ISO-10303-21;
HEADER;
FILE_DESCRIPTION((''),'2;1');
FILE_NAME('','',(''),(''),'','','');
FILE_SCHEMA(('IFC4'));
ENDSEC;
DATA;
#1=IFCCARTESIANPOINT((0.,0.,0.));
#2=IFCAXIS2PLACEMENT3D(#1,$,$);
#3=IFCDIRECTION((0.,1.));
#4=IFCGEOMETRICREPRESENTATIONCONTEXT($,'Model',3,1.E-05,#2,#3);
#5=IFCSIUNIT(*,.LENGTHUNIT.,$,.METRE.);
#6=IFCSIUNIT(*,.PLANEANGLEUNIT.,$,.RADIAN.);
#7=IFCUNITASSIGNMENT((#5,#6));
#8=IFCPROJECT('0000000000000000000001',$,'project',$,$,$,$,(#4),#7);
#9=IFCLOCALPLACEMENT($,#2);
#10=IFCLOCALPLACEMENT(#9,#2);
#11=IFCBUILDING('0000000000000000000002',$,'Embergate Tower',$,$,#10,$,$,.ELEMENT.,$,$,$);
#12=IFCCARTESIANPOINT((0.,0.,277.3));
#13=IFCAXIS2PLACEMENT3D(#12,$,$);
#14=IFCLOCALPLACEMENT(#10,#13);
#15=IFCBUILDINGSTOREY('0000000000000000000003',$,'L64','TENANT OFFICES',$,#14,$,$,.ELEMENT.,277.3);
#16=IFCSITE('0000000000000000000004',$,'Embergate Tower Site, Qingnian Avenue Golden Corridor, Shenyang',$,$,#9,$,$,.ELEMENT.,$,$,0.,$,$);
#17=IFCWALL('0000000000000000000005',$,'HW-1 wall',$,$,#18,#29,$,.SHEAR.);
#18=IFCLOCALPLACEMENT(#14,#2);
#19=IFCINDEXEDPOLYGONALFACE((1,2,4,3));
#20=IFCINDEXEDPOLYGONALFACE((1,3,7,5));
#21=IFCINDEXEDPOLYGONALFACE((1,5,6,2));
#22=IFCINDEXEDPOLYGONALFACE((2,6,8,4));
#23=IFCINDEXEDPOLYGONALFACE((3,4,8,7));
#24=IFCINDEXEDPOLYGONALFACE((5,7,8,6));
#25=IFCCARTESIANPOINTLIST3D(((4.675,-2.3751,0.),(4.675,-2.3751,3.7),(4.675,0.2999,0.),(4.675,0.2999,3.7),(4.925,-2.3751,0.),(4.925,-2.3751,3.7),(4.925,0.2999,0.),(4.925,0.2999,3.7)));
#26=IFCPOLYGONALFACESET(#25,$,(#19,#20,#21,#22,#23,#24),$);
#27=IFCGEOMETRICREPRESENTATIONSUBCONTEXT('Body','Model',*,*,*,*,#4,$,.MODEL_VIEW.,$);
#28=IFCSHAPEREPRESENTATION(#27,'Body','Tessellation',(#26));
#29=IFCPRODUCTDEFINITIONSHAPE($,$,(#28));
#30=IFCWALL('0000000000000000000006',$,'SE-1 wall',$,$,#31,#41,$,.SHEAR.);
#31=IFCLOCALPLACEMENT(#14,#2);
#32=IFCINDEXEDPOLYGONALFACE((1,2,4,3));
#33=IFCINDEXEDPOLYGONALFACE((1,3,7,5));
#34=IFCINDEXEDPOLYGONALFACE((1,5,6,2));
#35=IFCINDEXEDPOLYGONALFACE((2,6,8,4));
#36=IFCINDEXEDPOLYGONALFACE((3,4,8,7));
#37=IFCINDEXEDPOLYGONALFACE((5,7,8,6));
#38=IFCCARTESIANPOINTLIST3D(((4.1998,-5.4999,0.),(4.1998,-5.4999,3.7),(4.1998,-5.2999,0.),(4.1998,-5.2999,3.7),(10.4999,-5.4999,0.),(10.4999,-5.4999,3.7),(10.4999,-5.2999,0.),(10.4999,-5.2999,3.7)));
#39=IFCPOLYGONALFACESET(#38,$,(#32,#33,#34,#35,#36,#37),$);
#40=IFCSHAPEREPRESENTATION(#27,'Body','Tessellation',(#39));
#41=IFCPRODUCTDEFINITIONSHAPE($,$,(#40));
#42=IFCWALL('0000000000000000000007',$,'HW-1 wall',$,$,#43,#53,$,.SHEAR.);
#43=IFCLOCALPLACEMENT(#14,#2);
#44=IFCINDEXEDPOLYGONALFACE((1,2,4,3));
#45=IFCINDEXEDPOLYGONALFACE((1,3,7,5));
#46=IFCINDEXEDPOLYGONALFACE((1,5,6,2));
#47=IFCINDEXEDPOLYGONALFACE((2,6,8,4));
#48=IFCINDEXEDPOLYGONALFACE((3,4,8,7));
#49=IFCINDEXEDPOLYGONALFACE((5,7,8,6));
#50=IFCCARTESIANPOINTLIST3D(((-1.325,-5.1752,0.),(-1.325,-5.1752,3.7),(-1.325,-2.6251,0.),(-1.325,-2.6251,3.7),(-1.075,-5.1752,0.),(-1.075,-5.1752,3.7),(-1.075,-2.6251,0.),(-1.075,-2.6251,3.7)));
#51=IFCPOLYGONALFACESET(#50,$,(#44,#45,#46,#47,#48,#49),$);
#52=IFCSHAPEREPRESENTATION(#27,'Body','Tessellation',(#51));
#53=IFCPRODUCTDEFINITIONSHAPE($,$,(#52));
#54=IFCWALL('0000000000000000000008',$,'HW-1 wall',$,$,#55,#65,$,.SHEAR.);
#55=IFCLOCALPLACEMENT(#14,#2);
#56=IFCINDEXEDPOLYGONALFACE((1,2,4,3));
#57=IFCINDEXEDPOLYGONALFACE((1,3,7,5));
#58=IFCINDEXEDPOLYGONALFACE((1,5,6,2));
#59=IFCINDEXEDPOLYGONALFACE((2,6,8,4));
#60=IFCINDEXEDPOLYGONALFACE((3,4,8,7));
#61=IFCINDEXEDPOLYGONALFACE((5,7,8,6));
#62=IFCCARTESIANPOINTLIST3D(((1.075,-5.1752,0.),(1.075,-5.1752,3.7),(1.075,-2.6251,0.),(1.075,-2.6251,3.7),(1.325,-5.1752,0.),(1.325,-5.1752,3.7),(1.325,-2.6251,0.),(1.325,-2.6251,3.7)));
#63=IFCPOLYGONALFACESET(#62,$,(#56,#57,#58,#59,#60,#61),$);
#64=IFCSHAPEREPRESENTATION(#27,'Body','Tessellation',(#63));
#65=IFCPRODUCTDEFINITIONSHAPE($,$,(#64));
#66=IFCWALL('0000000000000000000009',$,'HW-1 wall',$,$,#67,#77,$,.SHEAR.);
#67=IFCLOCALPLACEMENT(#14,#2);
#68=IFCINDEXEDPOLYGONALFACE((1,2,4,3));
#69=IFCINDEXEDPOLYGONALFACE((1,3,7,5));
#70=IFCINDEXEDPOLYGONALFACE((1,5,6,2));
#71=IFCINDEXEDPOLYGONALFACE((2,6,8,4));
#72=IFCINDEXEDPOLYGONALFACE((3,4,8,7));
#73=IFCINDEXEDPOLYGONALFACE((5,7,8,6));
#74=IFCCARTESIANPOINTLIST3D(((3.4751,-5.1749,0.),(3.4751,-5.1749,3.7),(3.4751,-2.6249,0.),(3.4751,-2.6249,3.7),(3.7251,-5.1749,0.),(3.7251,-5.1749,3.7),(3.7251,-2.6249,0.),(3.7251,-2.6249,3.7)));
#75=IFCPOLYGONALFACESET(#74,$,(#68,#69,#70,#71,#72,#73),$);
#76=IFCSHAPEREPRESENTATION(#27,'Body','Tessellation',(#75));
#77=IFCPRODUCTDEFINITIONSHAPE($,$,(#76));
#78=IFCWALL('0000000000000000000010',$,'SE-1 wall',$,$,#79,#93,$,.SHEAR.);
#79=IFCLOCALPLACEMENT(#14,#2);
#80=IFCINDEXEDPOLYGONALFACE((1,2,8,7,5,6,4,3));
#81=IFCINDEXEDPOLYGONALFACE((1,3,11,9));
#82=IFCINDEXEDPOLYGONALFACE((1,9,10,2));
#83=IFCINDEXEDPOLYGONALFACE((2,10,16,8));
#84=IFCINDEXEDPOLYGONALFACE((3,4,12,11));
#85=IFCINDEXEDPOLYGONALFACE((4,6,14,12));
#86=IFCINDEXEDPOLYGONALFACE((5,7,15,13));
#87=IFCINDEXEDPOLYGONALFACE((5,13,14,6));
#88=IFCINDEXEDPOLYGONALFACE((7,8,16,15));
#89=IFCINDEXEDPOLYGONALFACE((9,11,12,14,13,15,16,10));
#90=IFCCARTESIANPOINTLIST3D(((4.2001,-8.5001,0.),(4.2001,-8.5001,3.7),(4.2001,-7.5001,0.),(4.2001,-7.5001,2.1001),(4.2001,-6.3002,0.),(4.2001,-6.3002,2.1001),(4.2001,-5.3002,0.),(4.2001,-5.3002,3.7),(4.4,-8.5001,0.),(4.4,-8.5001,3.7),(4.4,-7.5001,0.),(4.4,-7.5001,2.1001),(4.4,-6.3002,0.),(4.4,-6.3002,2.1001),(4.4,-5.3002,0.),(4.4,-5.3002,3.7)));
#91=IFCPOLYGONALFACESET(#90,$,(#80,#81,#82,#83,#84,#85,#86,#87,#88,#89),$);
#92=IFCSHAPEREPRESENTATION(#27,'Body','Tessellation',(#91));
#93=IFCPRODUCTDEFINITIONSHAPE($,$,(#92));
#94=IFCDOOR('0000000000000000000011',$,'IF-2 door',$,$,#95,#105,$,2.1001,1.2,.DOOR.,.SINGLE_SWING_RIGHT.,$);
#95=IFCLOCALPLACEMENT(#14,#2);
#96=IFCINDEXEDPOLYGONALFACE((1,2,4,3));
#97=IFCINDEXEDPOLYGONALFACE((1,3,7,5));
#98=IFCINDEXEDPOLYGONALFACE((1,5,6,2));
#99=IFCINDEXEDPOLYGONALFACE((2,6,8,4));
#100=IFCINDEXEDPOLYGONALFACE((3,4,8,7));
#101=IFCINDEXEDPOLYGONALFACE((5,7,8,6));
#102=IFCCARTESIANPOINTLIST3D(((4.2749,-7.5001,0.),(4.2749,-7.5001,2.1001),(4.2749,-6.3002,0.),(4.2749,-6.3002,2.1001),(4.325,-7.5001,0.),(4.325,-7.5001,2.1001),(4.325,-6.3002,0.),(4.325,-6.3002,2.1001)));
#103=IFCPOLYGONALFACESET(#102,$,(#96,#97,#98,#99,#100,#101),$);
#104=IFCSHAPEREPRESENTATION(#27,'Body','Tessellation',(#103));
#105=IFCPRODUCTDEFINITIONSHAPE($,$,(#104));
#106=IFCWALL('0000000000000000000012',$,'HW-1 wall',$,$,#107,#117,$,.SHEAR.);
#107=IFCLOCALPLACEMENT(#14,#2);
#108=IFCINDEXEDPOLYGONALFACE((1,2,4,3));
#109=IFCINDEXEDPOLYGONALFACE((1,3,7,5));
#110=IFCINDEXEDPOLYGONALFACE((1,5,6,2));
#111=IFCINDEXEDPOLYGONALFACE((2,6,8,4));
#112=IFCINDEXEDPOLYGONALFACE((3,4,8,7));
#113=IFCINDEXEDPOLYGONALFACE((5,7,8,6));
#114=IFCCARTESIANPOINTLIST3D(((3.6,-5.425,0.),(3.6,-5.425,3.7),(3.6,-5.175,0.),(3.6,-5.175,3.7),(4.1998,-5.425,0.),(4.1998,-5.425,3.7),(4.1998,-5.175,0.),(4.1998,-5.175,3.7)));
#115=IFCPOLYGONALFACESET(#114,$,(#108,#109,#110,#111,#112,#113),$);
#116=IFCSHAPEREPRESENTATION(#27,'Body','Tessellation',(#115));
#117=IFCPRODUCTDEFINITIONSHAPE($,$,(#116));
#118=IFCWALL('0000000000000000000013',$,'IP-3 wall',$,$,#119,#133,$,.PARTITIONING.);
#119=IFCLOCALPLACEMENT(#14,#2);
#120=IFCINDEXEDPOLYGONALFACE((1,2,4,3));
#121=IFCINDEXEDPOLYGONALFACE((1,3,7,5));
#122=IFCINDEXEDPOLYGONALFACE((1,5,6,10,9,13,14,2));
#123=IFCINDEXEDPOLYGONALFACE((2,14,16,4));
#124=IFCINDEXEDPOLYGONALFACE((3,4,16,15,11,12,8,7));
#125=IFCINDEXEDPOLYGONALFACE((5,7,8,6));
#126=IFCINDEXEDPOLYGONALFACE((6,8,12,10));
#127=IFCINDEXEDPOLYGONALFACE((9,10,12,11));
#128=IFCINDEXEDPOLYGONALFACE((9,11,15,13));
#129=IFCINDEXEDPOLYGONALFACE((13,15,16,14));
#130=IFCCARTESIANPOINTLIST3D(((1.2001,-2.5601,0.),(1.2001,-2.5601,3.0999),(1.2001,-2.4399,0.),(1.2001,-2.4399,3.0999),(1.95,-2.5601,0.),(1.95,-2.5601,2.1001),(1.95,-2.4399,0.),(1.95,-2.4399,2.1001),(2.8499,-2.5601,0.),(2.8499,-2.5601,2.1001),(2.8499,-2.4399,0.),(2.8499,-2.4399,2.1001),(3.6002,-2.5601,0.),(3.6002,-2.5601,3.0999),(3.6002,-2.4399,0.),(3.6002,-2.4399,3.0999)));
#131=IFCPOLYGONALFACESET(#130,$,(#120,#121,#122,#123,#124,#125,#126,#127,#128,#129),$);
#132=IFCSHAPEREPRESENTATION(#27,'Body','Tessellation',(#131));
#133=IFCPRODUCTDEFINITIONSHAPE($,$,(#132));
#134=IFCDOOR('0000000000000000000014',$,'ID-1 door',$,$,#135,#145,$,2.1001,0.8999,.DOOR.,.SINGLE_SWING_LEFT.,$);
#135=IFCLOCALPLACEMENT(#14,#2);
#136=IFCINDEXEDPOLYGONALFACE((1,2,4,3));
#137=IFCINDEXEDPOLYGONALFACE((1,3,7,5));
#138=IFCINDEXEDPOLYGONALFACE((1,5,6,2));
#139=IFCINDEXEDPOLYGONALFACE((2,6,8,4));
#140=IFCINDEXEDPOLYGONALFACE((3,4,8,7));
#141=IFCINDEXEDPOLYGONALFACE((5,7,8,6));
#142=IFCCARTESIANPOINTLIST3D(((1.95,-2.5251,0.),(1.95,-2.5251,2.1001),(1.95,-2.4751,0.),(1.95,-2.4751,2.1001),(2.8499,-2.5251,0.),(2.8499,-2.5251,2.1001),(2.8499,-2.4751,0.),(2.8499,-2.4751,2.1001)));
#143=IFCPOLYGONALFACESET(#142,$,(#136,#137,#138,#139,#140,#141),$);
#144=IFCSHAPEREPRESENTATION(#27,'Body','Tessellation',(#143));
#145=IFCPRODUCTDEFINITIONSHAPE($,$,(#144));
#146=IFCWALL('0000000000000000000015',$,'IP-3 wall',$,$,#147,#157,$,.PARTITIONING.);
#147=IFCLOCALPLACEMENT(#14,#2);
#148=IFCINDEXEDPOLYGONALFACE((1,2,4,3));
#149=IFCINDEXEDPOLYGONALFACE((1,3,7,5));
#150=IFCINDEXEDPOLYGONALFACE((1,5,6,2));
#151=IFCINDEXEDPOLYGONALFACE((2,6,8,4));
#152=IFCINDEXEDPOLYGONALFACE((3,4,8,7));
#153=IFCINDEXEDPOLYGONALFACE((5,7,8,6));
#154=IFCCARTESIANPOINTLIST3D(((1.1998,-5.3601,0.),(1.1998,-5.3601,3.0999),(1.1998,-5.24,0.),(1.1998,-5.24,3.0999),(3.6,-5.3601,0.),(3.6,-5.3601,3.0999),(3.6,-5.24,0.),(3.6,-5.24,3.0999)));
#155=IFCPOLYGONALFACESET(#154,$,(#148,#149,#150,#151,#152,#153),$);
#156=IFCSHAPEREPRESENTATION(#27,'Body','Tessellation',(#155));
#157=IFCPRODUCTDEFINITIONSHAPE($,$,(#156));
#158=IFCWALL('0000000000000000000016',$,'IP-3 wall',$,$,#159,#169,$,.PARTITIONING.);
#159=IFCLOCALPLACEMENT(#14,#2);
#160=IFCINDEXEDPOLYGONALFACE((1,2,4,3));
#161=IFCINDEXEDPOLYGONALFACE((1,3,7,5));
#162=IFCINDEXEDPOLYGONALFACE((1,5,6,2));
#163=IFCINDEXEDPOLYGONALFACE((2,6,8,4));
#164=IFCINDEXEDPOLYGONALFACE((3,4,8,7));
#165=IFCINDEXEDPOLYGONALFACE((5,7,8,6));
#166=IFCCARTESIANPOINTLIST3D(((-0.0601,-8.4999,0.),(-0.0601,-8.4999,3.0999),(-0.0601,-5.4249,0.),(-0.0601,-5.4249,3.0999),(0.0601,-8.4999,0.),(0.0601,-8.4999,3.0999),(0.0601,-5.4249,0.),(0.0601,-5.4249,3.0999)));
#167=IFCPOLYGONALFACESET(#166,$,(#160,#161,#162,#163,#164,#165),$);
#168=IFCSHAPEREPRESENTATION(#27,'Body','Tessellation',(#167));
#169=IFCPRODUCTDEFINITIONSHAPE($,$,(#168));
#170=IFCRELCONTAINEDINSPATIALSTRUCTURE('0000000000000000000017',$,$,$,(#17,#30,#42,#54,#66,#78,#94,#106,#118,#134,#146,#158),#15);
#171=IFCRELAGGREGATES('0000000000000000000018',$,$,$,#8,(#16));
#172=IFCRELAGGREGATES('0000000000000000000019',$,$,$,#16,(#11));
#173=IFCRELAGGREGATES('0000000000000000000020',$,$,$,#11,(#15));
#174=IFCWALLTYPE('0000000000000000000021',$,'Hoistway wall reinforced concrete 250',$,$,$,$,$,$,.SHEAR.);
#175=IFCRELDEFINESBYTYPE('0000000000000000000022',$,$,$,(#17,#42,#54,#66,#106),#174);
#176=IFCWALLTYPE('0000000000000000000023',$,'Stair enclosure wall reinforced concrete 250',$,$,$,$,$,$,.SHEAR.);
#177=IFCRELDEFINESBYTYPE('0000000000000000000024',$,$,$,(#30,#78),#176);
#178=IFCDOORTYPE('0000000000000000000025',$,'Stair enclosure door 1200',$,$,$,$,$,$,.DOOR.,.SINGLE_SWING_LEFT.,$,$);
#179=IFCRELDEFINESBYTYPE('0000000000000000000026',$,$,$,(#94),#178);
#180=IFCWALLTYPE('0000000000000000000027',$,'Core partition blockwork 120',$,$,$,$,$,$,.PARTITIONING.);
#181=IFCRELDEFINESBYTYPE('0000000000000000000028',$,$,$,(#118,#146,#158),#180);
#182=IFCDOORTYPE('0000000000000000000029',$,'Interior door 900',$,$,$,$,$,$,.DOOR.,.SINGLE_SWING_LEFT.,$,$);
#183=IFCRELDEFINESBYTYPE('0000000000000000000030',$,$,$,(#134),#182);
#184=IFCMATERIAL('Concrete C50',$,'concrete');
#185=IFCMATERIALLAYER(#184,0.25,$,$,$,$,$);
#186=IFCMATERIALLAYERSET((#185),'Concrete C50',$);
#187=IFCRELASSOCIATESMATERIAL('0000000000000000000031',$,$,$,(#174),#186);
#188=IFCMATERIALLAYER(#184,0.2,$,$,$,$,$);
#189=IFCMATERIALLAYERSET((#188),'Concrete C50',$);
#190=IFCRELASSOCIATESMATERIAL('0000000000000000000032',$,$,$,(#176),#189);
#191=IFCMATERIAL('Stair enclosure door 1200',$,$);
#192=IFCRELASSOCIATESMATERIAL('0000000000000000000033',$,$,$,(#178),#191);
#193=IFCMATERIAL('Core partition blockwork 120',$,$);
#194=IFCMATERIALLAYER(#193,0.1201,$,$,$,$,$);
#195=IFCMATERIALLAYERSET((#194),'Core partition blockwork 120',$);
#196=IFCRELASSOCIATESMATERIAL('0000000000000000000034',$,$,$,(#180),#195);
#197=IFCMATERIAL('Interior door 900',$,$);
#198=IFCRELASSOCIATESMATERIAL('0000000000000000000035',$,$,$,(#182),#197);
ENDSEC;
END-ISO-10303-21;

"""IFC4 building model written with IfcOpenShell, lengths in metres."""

from ifc_helpers import new_model, si_unit, direction, frame, frame_2d, origin, place, context, subcontext, project, spatial, rectangle, extrude, source, transform, mapped, material, layer, layer_set, type_object, element, fill, save


model = new_model("IFC4")

# Units and contexts
model_context = context("Model", 3, precision=1e-05, world=origin(), true_north=direction((0.0, 1.0)))
body_context = subcontext(model_context, "Body", "Model", "MODEL_VIEW")
ifc_project = project(units=[si_unit("LENGTHUNIT", "METRE"), si_unit("PLANEANGLEUNIT", "RADIAN")], contexts=[model_context])

# Site, building, storey
site_placement = place(None, origin())
site = spatial("IfcSite", under=ifc_project, at=site_placement, Name="Embergate Tower Site, Qingnian Avenue Golden Corridor, Shenyang", CompositionType="ELEMENT", RefElevation=0.0)
building_placement = place(site_placement, origin())
building = spatial("IfcBuilding", under=site, at=building_placement, Name="Embergate Tower", CompositionType="ELEMENT")
storey_placement = place(building_placement, frame((0.0, 0.0, 277.3)))
storey = spatial("IfcBuildingStorey", under=building, at=storey_placement, Name="L64", Description="TENANT OFFICES", CompositionType="ELEMENT", Elevation=277.3)

# Walls
ifc_material_1 = material(Name="Concrete C50", Category="concrete")
ifc_layer_1 = layer(ifc_material_1, 0.25)
ifc_layer_set_1 = layer_set([ifc_layer_1], Name="Concrete C50")
wall_type_1 = type_object("IfcWallType", Name="Hoistway wall reinforced concrete 250", PredefinedType="SHEAR", material=ifc_layer_set_1)
shared_shape_1 = source(origin(), body_context, "Body", "SweptSolid", [
    extrude(rectangle(XDim=2.675, YDim=0.25, at=frame_2d((1.3374, 0.0))), origin(), (0.0, 0.0, 1.0), 3.7),
])
wall_1_placement = place(storey_placement, frame((4.8, -2.375, 0.0), z_axis=(0.0, 0.0, 1.0), x_axis=(0.0, 1.0, 0.0)))
element("IfcWall", 1, at=wall_1_placement, inside=storey, type_object=wall_type_1, Name="HW-1 wall", PredefinedType="SHEAR", context=body_context, shape_type="MappedRepresentation", body=[
    mapped(shared_shape_1, transform((0.0, 0.0, 0.0))),
])
ifc_layer_2 = layer(ifc_material_1, 0.2)
ifc_layer_set_2 = layer_set([ifc_layer_2], Name="Concrete C50")
wall_type_2 = type_object("IfcWallType", Name="Stair enclosure wall reinforced concrete 250", PredefinedType="SHEAR", material=ifc_layer_set_2)
shared_shape_2 = source(origin(), body_context, "Body", "SweptSolid", [
    extrude(rectangle(XDim=6.3, YDim=0.2, at=frame_2d((3.1499, 0.0))), origin(), (0.0, 0.0, 1.0), 3.7),
])
wall_2_placement = place(storey_placement, frame((4.2, -5.3999, 0.0), z_axis=(0.0, 0.0, 1.0), x_axis=(1.0, 0.0, 0.0)))
element("IfcWall", 2, at=wall_2_placement, inside=storey, type_object=wall_type_2, Name="SE-1 wall", PredefinedType="SHEAR", context=body_context, shape_type="MappedRepresentation", body=[
    mapped(shared_shape_2, transform((0.0, 0.0, 0.0))),
])
shared_shape_3 = source(origin(), body_context, "Body", "SweptSolid", [
    extrude(rectangle(XDim=2.55, YDim=0.25, at=frame_2d((1.2749, 0.0))), origin(), (0.0, 0.0, 1.0), 3.7),
])
for number, where, z_axis, x_axis, name in (
    (3, (-1.2, -5.175, 0.0), (0.0, 0.0, 1.0), (0.0, 1.0, 0.0), "HW-1 wall"),
    (4, (1.2, -5.175, 0.0), (0.0, 0.0, 1.0), (0.0, 1.0, 0.0), "HW-1 wall"),
    (5, (3.6001, -2.625, 0.0), (0.0, 0.0, 1.0), (0.0, -1.0, 0.0), "HW-1 wall"),
):
    element("IfcWall", number, at=place(storey_placement, frame(where, z_axis=z_axis, x_axis=x_axis)), inside=storey, type_object=wall_type_1, Name=name, PredefinedType="SHEAR", context=body_context, shape_type="MappedRepresentation", body=[
        mapped(shared_shape_3, transform((0.0, 0.0, 0.0))),
    ])

# Wall, opening, door
shared_shape_4 = source(origin(), body_context, "Body", "SweptSolid", [
    extrude(rectangle(XDim=3.2, YDim=0.2, at=frame_2d((1.6001, 0.0))), origin(), (0.0, 0.0, 1.0), 3.7),
])
wall_3_placement = place(storey_placement, frame((4.3, -5.3, 0.0), z_axis=(0.0, 0.0, 1.0), x_axis=(0.0, -1.0, 0.0)))
wall_3 = element("IfcWall", 6, at=wall_3_placement, inside=storey, type_object=wall_type_2, Name="SE-1 wall", PredefinedType="SHEAR", context=body_context, shape_type="MappedRepresentation", body=[
    mapped(shared_shape_4, transform((0.0, 0.0, 0.0))),
])
shared_shape_5 = source(origin(), body_context, "Body", "SweptSolid", [
    extrude(rectangle(XDim=1.2, YDim=2.1001, at=frame_2d((0.6001, 1.05))), frame((0.0, 0.1099, 0.0), z_axis=(0.0, -1.0, 0.0), x_axis=(1.0, 0.0, 0.0)), (0.0, 0.0, 1.0), 0.22),
])
opening_1_placement = place(wall_3_placement, frame((1.0, 0.0, 0.0)))
opening_1 = element("IfcOpeningElement", 7, at=opening_1_placement, cuts=wall_3, PredefinedType="OPENING", context=body_context, shape_type="MappedRepresentation", body=[
    mapped(shared_shape_5, transform((0.0, 0.0, 0.0))),
])
ifc_material_2 = material(Name="Stair enclosure door 1200")
door_type_1 = type_object("IfcDoorType", Name="Stair enclosure door 1200", OperationType="SINGLE_SWING_LEFT", PredefinedType="DOOR", material=ifc_material_2)
shared_shape_6 = source(origin(), body_context, "Body", "SweptSolid", [
    extrude(rectangle(XDim=1.2, YDim=2.1001, at=frame_2d((0.6001, 1.05))), frame((0.0, 0.0249, 0.0), z_axis=(0.0, -1.0, 0.0), x_axis=(1.0, 0.0, 0.0)), (0.0, 0.0, 1.0), 0.05),
])
door_1_placement = place(opening_1_placement, origin())
door_1 = element("IfcDoor", 8, at=door_1_placement, inside=storey, type_object=door_type_1, Name="IF-2 door", OperationType="SINGLE_SWING_RIGHT", OverallHeight=2.1001, OverallWidth=1.2, PredefinedType="DOOR", context=body_context, shape_type="MappedRepresentation", body=[
    mapped(shared_shape_6, transform((0.0, 0.0, 0.0))),
])
fill(opening_1, door_1)

# Wall
shared_shape_7 = source(origin(), body_context, "Body", "SweptSolid", [
    extrude(rectangle(XDim=0.5999, YDim=0.25, at=frame_2d((0.2998, 0.0))), origin(), (0.0, 0.0, 1.0), 3.7),
])
wall_4_placement = place(storey_placement, frame((3.6001, -5.3, 0.0), z_axis=(0.0, 0.0, 1.0), x_axis=(1.0, 0.0, 0.0)))
element("IfcWall", 9, at=wall_4_placement, inside=storey, type_object=wall_type_1, Name="HW-1 wall", PredefinedType="SHEAR", context=body_context, shape_type="MappedRepresentation", body=[
    mapped(shared_shape_7, transform((0.0, 0.0, 0.0))),
])

# Wall, opening, door
ifc_material_3 = material(Name="Core partition blockwork 120")
ifc_layer_3 = layer(ifc_material_3, 0.1201)
ifc_layer_set_3 = layer_set([ifc_layer_3], Name="Core partition blockwork 120")
wall_type_3 = type_object("IfcWallType", Name="Core partition blockwork 120", PredefinedType="PARTITIONING", material=ifc_layer_set_3)
shared_shape_8 = source(origin(), body_context, "Body", "SweptSolid", [
    extrude(rectangle(XDim=2.4001, YDim=0.1201, at=frame_2d((1.2002, 0.0))), origin(), (0.0, 0.0, 1.0), 3.0999),
])
wall_5_placement = place(storey_placement, frame((1.2, -2.5, 0.0), z_axis=(0.0, 0.0, 1.0), x_axis=(1.0, 0.0, 0.0)))
wall_5 = element("IfcWall", 10, at=wall_5_placement, inside=storey, type_object=wall_type_3, Name="IP-3 wall", PredefinedType="PARTITIONING", context=body_context, shape_type="MappedRepresentation", body=[
    mapped(shared_shape_8, transform((0.0, 0.0, 0.0))),
])
shared_shape_9 = source(origin(), body_context, "Body", "SweptSolid", [
    extrude(rectangle(XDim=0.8999, YDim=2.1001, at=frame_2d((0.45, 1.05))), frame((0.0, 0.0701, 0.0), z_axis=(0.0, -1.0, 0.0), x_axis=(1.0, 0.0, 0.0)), (0.0, 0.0, 1.0), 0.1401),
])
opening_2_placement = place(wall_5_placement, frame((0.75, 0.0, 0.0)))
opening_2 = element("IfcOpeningElement", 11, at=opening_2_placement, cuts=wall_5, PredefinedType="OPENING", context=body_context, shape_type="MappedRepresentation", body=[
    mapped(shared_shape_9, transform((0.0, 0.0, 0.0))),
])
ifc_material_4 = material(Name="Interior door 900")
door_type_2 = type_object("IfcDoorType", Name="Interior door 900", OperationType="SINGLE_SWING_LEFT", PredefinedType="DOOR", material=ifc_material_4)
shared_shape_10 = source(origin(), body_context, "Body", "SweptSolid", [
    extrude(rectangle(XDim=0.8999, YDim=2.1001, at=frame_2d((0.45, 1.05))), frame((0.0, 0.0249, 0.0), z_axis=(0.0, -1.0, 0.0), x_axis=(1.0, 0.0, 0.0)), (0.0, 0.0, 1.0), 0.05),
])
door_2_placement = place(opening_2_placement, origin())
door_2 = element("IfcDoor", 12, at=door_2_placement, inside=storey, type_object=door_type_2, Name="ID-1 door", OperationType="SINGLE_SWING_LEFT", OverallHeight=2.1001, OverallWidth=0.8999, PredefinedType="DOOR", context=body_context, shape_type="MappedRepresentation", body=[
    mapped(shared_shape_10, transform((0.0, 0.0, 0.0))),
])
fill(opening_2, door_2)

# Walls
wall_6_placement = place(storey_placement, frame((3.6001, -5.3, 0.0), z_axis=(0.0, 0.0, 1.0), x_axis=(-1.0, 0.0, 0.0)))
element("IfcWall", 13, at=wall_6_placement, inside=storey, type_object=wall_type_3, Name="IP-3 wall", PredefinedType="PARTITIONING", context=body_context, shape_type="MappedRepresentation", body=[
    mapped(shared_shape_8, transform((0.0, 0.0, 0.0))),
])
shared_shape_11 = source(origin(), body_context, "Body", "SweptSolid", [
    extrude(rectangle(XDim=3.075, YDim=0.1201, at=frame_2d((1.5376, 0.0))), origin(), (0.0, 0.0, 1.0), 3.0999),
])
wall_7_placement = place(storey_placement, frame((0.0, -8.5, 0.0), z_axis=(0.0, 0.0, 1.0), x_axis=(0.0, 1.0, 0.0)))
element("IfcWall", 14, at=wall_7_placement, inside=storey, type_object=wall_type_3, Name="IP-3 wall", PredefinedType="PARTITIONING", context=body_context, shape_type="MappedRepresentation", body=[
    mapped(shared_shape_11, transform((0.0, 0.0, 0.0))),
])

save(model, "model.ifc")
